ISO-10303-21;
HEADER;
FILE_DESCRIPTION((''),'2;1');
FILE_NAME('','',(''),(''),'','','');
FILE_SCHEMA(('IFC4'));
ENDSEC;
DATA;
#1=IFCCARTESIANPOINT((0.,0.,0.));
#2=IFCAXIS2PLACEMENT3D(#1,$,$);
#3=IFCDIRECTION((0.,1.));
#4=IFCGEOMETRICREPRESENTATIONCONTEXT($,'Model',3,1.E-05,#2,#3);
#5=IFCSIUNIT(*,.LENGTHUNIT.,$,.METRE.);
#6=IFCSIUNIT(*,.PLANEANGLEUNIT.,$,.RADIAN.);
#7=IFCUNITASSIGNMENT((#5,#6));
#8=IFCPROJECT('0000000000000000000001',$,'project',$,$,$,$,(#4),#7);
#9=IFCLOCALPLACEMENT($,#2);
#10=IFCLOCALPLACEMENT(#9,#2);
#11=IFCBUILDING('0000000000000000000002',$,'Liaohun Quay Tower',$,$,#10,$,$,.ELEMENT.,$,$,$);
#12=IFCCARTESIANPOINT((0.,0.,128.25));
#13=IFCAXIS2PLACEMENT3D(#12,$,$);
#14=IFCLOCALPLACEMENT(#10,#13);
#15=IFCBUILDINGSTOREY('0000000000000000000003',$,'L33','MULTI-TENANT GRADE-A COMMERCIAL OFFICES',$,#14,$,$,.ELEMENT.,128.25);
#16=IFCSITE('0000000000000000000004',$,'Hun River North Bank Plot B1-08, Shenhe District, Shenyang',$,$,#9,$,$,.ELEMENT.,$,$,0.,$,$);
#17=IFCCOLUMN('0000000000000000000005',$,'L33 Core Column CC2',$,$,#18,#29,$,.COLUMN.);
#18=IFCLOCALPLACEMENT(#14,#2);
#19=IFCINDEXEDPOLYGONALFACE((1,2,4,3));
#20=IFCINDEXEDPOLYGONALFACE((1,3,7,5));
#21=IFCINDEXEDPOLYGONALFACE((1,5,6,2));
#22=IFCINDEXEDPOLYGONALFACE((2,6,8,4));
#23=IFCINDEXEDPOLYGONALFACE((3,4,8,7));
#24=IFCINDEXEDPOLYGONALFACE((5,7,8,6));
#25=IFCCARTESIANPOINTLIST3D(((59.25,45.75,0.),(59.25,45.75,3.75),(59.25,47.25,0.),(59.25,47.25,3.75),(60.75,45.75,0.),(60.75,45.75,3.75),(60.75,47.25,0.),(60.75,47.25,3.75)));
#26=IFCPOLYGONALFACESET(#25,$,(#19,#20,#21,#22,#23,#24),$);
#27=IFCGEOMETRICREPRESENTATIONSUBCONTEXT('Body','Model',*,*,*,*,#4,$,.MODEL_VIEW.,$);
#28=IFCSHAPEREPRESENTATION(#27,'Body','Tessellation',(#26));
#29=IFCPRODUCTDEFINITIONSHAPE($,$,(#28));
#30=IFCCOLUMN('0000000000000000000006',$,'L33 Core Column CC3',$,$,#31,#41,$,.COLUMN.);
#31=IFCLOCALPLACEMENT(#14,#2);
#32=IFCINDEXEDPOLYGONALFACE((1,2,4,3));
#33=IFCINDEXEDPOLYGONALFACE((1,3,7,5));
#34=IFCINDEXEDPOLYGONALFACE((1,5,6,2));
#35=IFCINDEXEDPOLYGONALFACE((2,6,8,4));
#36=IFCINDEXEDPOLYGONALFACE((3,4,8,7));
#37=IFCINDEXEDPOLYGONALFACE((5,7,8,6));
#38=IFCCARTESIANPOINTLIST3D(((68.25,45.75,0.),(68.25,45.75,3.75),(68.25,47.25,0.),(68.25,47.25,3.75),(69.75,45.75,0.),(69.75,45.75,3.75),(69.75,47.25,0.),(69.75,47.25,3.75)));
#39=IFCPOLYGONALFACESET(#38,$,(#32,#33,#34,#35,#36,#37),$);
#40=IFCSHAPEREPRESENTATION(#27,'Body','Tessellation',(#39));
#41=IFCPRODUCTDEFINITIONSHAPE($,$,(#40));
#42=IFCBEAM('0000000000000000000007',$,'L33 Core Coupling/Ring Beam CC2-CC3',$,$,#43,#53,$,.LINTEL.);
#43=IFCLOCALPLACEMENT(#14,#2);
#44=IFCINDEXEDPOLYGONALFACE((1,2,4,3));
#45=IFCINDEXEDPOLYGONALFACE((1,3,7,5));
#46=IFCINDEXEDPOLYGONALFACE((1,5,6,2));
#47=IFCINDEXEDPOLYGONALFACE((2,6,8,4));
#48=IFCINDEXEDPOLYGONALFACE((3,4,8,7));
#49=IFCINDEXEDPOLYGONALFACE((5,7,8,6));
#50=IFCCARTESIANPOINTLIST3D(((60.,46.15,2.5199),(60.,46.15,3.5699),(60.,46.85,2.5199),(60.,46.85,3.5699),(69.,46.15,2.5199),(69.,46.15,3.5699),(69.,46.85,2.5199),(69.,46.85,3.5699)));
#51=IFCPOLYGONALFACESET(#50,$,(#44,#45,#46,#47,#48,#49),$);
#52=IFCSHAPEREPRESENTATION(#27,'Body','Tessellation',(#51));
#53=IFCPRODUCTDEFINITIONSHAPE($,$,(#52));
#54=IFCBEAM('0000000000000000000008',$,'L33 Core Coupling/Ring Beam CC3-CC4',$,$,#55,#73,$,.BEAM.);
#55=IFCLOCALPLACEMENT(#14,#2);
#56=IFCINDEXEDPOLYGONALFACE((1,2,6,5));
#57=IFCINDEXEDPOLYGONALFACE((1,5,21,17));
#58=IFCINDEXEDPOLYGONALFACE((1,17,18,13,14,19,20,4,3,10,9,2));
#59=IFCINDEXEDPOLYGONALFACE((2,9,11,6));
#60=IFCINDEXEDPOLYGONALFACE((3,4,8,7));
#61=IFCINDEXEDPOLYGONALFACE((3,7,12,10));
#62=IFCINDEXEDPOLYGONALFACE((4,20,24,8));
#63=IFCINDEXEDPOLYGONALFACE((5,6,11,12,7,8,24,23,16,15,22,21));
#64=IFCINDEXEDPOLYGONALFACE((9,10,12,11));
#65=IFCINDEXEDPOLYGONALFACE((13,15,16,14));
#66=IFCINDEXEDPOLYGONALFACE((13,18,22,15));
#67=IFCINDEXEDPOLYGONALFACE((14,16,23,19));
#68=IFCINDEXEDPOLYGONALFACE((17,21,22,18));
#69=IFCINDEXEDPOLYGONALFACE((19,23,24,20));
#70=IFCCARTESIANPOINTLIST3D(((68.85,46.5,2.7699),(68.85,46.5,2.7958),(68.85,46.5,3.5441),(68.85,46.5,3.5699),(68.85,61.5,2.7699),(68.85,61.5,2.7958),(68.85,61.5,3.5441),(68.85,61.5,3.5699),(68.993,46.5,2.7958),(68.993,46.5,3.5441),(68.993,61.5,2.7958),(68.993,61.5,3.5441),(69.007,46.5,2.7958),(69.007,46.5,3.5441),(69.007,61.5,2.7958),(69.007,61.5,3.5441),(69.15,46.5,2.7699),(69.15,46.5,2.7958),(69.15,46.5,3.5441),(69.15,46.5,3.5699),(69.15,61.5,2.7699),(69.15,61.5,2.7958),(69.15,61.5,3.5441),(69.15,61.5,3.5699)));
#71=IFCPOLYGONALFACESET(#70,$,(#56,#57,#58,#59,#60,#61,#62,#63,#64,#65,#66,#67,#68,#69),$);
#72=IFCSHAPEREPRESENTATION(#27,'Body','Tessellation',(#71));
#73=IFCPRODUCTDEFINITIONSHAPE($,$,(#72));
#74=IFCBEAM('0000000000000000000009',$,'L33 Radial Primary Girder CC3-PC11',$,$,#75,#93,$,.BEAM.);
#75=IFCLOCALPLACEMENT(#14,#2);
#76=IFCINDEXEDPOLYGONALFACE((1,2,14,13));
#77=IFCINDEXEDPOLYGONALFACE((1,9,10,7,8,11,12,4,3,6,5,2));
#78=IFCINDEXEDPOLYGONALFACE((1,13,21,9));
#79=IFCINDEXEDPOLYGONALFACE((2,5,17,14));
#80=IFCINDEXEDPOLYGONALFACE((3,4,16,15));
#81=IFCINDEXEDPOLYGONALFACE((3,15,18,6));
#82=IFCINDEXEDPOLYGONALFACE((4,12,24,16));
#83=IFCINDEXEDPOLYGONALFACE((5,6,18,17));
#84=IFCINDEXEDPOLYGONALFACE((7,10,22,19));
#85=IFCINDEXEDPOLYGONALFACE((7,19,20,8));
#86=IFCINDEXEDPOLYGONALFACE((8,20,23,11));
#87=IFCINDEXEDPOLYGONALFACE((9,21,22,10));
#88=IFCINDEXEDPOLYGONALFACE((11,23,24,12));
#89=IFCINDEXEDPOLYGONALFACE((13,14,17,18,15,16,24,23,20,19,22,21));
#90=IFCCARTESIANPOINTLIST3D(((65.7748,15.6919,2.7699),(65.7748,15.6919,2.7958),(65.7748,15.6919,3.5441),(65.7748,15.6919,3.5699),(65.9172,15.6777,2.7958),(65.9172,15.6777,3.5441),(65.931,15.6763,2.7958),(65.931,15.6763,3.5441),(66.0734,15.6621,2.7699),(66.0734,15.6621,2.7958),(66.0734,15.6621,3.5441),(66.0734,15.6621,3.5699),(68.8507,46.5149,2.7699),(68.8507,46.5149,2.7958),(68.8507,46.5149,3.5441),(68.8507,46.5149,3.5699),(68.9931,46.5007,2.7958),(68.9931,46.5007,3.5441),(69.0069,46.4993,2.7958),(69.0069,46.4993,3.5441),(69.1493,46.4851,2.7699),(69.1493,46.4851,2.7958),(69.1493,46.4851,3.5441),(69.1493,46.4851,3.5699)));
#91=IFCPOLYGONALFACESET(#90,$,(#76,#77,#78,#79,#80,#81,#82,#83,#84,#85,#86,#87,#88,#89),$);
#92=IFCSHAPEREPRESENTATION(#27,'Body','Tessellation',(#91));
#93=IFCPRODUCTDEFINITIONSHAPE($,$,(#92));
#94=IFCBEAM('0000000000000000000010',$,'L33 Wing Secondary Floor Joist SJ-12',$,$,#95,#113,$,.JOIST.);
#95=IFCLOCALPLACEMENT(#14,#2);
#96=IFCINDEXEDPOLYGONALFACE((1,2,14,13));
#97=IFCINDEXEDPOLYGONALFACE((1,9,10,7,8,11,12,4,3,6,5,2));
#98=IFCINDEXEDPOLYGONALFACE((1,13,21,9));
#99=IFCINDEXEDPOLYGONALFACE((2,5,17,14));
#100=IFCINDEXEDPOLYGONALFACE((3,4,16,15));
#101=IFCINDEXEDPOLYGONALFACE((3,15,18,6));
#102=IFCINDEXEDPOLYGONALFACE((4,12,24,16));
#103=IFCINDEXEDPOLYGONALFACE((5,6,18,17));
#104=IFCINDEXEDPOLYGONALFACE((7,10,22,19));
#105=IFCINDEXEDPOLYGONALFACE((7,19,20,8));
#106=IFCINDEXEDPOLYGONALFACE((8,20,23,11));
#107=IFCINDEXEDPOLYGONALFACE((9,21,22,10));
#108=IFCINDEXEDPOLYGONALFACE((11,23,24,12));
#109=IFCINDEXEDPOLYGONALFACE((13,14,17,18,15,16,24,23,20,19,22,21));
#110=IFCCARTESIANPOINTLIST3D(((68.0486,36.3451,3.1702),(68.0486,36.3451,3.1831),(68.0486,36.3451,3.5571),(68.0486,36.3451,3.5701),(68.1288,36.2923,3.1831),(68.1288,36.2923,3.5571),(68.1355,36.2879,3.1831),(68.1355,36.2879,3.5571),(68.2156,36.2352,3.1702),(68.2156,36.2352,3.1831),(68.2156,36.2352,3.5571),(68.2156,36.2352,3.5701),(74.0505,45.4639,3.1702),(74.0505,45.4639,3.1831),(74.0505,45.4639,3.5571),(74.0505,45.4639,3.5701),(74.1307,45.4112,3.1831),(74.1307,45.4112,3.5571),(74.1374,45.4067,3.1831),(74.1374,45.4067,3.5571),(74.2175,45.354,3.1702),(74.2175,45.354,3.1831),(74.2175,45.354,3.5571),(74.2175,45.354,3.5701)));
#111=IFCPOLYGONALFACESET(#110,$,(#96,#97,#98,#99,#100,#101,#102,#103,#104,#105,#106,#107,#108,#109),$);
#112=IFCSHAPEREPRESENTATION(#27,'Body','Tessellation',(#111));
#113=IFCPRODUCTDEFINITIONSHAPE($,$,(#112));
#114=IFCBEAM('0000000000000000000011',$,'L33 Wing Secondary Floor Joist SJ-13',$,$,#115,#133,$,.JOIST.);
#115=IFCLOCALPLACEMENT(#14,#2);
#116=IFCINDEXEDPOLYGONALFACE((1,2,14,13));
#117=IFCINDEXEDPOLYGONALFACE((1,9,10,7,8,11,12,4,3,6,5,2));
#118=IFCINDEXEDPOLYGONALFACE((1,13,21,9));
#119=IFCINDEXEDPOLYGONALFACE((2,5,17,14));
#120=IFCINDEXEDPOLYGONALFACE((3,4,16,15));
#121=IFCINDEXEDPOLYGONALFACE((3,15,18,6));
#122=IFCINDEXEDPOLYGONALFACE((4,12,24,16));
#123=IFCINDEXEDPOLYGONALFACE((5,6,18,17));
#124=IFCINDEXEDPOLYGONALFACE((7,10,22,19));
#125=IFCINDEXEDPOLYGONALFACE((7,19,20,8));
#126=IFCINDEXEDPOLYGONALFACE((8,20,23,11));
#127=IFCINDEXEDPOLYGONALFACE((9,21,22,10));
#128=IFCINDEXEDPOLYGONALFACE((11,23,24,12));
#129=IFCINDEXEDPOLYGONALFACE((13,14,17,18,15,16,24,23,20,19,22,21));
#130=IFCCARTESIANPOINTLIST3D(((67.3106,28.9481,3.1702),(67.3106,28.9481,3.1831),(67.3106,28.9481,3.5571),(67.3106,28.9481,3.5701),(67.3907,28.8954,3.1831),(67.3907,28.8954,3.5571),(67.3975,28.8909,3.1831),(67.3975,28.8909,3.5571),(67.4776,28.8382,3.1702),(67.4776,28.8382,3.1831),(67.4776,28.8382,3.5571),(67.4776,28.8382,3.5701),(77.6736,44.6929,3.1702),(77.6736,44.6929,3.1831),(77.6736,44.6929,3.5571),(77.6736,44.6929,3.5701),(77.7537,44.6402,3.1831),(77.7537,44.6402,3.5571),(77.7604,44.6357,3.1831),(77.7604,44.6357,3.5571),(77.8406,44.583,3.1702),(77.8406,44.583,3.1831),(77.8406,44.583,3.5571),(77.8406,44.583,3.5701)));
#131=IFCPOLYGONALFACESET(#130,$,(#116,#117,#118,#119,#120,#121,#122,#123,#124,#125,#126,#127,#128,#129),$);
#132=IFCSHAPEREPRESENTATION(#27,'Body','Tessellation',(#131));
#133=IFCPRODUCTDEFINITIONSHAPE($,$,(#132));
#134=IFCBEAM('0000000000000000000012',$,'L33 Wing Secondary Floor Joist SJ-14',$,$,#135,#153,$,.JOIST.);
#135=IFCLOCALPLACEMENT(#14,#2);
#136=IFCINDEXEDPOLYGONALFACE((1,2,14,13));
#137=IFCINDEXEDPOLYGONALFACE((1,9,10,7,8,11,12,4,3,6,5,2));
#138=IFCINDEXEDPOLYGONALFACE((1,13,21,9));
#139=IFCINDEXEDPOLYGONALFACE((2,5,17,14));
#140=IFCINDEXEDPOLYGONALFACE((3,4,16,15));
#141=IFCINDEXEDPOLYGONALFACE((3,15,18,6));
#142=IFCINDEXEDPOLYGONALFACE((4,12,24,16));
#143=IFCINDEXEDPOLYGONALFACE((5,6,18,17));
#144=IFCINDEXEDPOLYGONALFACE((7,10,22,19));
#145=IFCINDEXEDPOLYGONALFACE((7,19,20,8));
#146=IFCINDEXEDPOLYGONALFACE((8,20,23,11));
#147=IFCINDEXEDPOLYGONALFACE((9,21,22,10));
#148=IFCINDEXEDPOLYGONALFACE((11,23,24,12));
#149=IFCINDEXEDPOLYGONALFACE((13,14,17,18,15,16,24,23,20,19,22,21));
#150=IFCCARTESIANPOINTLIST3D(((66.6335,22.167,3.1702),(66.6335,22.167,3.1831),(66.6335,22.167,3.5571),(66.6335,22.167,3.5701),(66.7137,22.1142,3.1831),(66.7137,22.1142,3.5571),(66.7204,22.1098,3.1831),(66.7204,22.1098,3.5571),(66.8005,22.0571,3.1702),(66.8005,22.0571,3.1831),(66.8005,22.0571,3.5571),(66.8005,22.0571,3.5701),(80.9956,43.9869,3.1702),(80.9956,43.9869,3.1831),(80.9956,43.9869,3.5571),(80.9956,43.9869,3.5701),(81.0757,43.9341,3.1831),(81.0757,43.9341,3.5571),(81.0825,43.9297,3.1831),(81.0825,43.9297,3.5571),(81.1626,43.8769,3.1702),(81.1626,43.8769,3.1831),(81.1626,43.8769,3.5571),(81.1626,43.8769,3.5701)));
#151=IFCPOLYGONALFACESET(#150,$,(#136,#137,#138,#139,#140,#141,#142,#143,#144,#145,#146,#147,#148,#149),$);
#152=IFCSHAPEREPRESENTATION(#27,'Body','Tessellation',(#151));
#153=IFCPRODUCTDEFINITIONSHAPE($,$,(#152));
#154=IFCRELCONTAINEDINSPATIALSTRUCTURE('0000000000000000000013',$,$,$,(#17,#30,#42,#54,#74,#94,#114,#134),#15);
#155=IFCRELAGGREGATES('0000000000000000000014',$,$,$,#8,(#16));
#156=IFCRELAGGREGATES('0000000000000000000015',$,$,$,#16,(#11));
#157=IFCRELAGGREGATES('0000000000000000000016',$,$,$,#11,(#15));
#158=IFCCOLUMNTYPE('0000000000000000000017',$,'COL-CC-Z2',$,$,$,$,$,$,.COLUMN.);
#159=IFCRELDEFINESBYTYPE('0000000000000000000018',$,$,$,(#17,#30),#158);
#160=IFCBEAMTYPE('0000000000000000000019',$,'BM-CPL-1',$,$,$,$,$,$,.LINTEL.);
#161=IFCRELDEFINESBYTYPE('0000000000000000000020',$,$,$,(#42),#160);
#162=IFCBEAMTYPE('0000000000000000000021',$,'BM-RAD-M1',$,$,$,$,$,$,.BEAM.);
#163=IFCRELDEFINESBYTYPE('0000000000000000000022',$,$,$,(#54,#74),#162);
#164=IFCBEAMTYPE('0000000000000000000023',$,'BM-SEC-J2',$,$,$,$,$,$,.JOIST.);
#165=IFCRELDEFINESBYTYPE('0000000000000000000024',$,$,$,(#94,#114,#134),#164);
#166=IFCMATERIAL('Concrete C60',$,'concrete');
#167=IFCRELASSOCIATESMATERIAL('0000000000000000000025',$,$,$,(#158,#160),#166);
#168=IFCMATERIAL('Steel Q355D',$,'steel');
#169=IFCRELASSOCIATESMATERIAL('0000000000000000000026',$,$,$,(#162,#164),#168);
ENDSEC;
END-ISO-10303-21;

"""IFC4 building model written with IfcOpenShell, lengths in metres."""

from ifc_helpers import new_model, si_unit, direction, frame, origin, origin_2d, place, context, subcontext, project, spatial, rectangle, i_section, extrude, source, transform, mapped, material, material_profile, profile_set, type_object, element, save


model = new_model("IFC4")

# Units and contexts
model_context = context("Model", 3, precision=1e-05, world=origin(), true_north=direction((0.0, 1.0)))
body_context = subcontext(model_context, "Body", "Model", "MODEL_VIEW")
ifc_project = project(units=[si_unit("LENGTHUNIT", "METRE"), si_unit("PLANEANGLEUNIT", "RADIAN")], contexts=[model_context])

# Site, building, storey
site_placement = place(None, origin())
site = spatial("IfcSite", under=ifc_project, at=site_placement, Name="Hun River North Bank Plot B1-08, Shenhe District, Shenyang", CompositionType="ELEMENT", RefElevation=0.0)
building_placement = place(site_placement, origin())
building = spatial("IfcBuilding", under=site, at=building_placement, Name="Liaohun Quay Tower", CompositionType="ELEMENT")
storey_placement = place(building_placement, frame((0.0, 0.0, 128.25)))
storey = spatial("IfcBuildingStorey", under=building, at=storey_placement, Name="L33", Description="MULTI-TENANT GRADE-A COMMERCIAL OFFICES", CompositionType="ELEMENT", Elevation=128.25)

# Columns
ifc_material_1 = material(Name="Concrete C60", Category="concrete")
ifc_material_profile_1 = material_profile(ifc_material_1, rectangle(XDim=1.5, YDim=1.5, at=origin_2d()), Name="RC1500x1500")
ifc_profile_set_1 = profile_set([ifc_material_profile_1], Name="Concrete C60")
column_type = type_object("IfcColumnType", Name="COL-CC-Z2", PredefinedType="COLUMN", material=ifc_profile_set_1)
shared_shape_1 = source(origin(), body_context, "Body", "SweptSolid", [
    extrude(rectangle(XDim=1.5, YDim=1.5, at=origin_2d()), origin(), (0.0, 0.0, 1.0), 3.75),
])
for number, where, z_axis, x_axis, name in (
    (1, (60.0, 46.5, 0.0), (0.0, 0.0, 1.0), (1.0, 0.0, 0.0), "L33 Core Column CC2"),
    (2, (69.0, 46.5, 0.0), (0.0, 0.0, 1.0), (1.0, 0.0, 0.0), "L33 Core Column CC3"),
):
    element("IfcColumn", number, at=place(storey_placement, frame(where, z_axis=z_axis, x_axis=x_axis)), inside=storey, type_object=column_type, Name=name, PredefinedType="COLUMN", context=body_context, shape_type="MappedRepresentation", body=[
        mapped(shared_shape_1, transform((0.0, 0.0, 0.0), x_axis=(1.0, 0.0, 0.0), y_axis=(0.0, 1.0, 0.0), z_axis=(0.0, 0.0, 1.0), scale=1.0)),
    ])

# Beams
ifc_material_profile_2 = material_profile(ifc_material_1, rectangle(XDim=0.7, YDim=1.05, at=origin_2d()), Name="RC700x1050")
ifc_profile_set_2 = profile_set([ifc_material_profile_2], Name="Concrete C60")
beam_type_1 = type_object("IfcBeamType", Name="BM-CPL-1", PredefinedType="LINTEL", material=ifc_profile_set_2)
shared_shape_2 = source(origin(), body_context, "Body", "SweptSolid", [
    extrude(rectangle(XDim=0.7, YDim=1.05, at=origin_2d()), origin(), (0.0, 0.0, 1.0), 9.0),
])
beam_1_placement = place(storey_placement, frame((60.0, 46.5, 3.0449), z_axis=(1.0, 0.0, 0.0), x_axis=(0.0, 1.0, 0.0)))
element("IfcBeam", 3, at=beam_1_placement, inside=storey, type_object=beam_type_1, Name="L33 Core Coupling/Ring Beam CC2-CC3", PredefinedType="LINTEL", context=body_context, shape_type="MappedRepresentation", body=[
    mapped(shared_shape_2, transform((0.0, 0.0, 0.0), x_axis=(1.0, 0.0, 0.0), y_axis=(0.0, 1.0, 0.0), z_axis=(0.0, 0.0, 1.0), scale=1.0)),
])
ifc_material_2 = material(Name="Steel Q355D", Category="steel")
ifc_material_profile_3 = material_profile(ifc_material_2, i_section(OverallWidth=0.3, OverallDepth=0.8, WebThickness=0.0139, FlangeThickness=0.0259, at=origin_2d()), Name="HN800x300x14x26")
ifc_profile_set_3 = profile_set([ifc_material_profile_3], Name="Steel Q355D")
beam_type_2 = type_object("IfcBeamType", Name="BM-RAD-M1", PredefinedType="BEAM", material=ifc_profile_set_3)
shared_shape_3 = source(origin(), body_context, "Body", "SweptSolid", [
    extrude(i_section(OverallWidth=0.3, OverallDepth=0.8, WebThickness=0.0139, FlangeThickness=0.0259, at=origin_2d()), origin(), (0.0, 0.0, 1.0), 15.0),
])
beam_2_placement = place(storey_placement, frame((69.0, 46.5, 3.1699), z_axis=(0.0, 1.0, 0.0), x_axis=(-1.0, 0.0, 0.0)))
element("IfcBeam", 4, at=beam_2_placement, inside=storey, type_object=beam_type_2, Name="L33 Core Coupling/Ring Beam CC3-CC4", PredefinedType="BEAM", context=body_context, shape_type="MappedRepresentation", body=[
    mapped(shared_shape_3, transform((0.0, 0.0, 0.0), x_axis=(1.0, 0.0, 0.0), y_axis=(0.0, 1.0, 0.0), z_axis=(0.0, 0.0, 1.0), scale=1.0)),
])
shared_shape_4 = source(origin(), body_context, "Body", "SweptSolid", [
    extrude(i_section(OverallWidth=0.3, OverallDepth=0.8, WebThickness=0.0139, FlangeThickness=0.0259, at=origin_2d()), origin(), (0.0, 0.0, 1.0), 30.9761),
])
beam_3_placement = place(storey_placement, frame((69.0, 46.5, 3.1699), z_axis=(-0.0993, -0.995058, 0.0), x_axis=(0.995058, -0.0993, 0.0)))
element("IfcBeam", 5, at=beam_3_placement, inside=storey, type_object=beam_type_2, Name="L33 Radial Primary Girder CC3-PC11", PredefinedType="BEAM", context=body_context, shape_type="MappedRepresentation", body=[
    mapped(shared_shape_4, transform((0.0, 0.0, 0.0), x_axis=(1.0, 0.0, 0.0), y_axis=(0.0, 1.0, 0.0), z_axis=(0.0, 0.0, 1.0), scale=1.0)),
])
ifc_material_profile_4 = material_profile(ifc_material_2, i_section(OverallWidth=0.2, OverallDepth=0.3999, WebThickness=0.0081, FlangeThickness=0.0129, at=origin_2d()), Name="HN400x200x8x13")
ifc_profile_set_4 = profile_set([ifc_material_profile_4], Name="Steel Q355D")
beam_type_3 = type_object("IfcBeamType", Name="BM-SEC-J2", PredefinedType="JOIST", material=ifc_profile_set_4)
shared_shape_5 = source(origin(), body_context, "Body", "SweptSolid", [
    extrude(i_section(OverallWidth=0.2, OverallDepth=0.3999, WebThickness=0.0081, FlangeThickness=0.0129, at=origin_2d()), origin(), (0.0, 0.0, 1.0), 10.9167),
])
beam_4_placement = place(storey_placement, frame((74.134, 45.4089, 3.3701), z_axis=(-0.549788, -0.835304, 0.0), x_axis=(0.835304, -0.549788, 0.0)))
element("IfcBeam", 6, at=beam_4_placement, inside=storey, type_object=beam_type_3, Name="L33 Wing Secondary Floor Joist SJ-12", PredefinedType="JOIST", context=body_context, shape_type="MappedRepresentation", body=[
    mapped(shared_shape_5, transform((0.0, 0.0, 0.0), x_axis=(1.0, 0.0, 0.0), y_axis=(0.0, 1.0, 0.0), z_axis=(0.0, 0.0, 1.0), scale=1.0)),
])
shared_shape_6 = source(origin(), body_context, "Body", "SweptSolid", [
    extrude(i_section(OverallWidth=0.2, OverallDepth=0.3999, WebThickness=0.0081, FlangeThickness=0.0129, at=origin_2d()), origin(), (0.0, 0.0, 1.0), 18.8491),
])
beam_5_placement = place(storey_placement, frame((77.7571, 44.6379, 3.3701), z_axis=(-0.549786, -0.835306, 0.0), x_axis=(0.835306, -0.549786, 0.0)))
element("IfcBeam", 7, at=beam_5_placement, inside=storey, type_object=beam_type_3, Name="L33 Wing Secondary Floor Joist SJ-13", PredefinedType="JOIST", context=body_context, shape_type="MappedRepresentation", body=[
    mapped(shared_shape_6, transform((0.0, 0.0, 0.0), x_axis=(1.0, 0.0, 0.0), y_axis=(0.0, 1.0, 0.0), z_axis=(0.0, 0.0, 1.0), scale=1.0)),
])
shared_shape_7 = source(origin(), body_context, "Body", "SweptSolid", [
    extrude(i_section(OverallWidth=0.2, OverallDepth=0.3999, WebThickness=0.0081, FlangeThickness=0.0129, at=origin_2d()), origin(), (0.0, 0.0, 1.0), 26.1223),
])
beam_6_placement = place(storey_placement, frame((81.0791, 43.9319, 3.3701), z_axis=(-0.549801, -0.835296, 0.0), x_axis=(0.835296, -0.549801, 0.0)))
element("IfcBeam", 8, at=beam_6_placement, inside=storey, type_object=beam_type_3, Name="L33 Wing Secondary Floor Joist SJ-14", PredefinedType="JOIST", context=body_context, shape_type="MappedRepresentation", body=[
    mapped(shared_shape_7, transform((0.0, 0.0, 0.0), x_axis=(1.0, 0.0, 0.0), y_axis=(0.0, 1.0, 0.0), z_axis=(0.0, 0.0, 1.0), scale=1.0)),
])

save(model, "model.ifc")
